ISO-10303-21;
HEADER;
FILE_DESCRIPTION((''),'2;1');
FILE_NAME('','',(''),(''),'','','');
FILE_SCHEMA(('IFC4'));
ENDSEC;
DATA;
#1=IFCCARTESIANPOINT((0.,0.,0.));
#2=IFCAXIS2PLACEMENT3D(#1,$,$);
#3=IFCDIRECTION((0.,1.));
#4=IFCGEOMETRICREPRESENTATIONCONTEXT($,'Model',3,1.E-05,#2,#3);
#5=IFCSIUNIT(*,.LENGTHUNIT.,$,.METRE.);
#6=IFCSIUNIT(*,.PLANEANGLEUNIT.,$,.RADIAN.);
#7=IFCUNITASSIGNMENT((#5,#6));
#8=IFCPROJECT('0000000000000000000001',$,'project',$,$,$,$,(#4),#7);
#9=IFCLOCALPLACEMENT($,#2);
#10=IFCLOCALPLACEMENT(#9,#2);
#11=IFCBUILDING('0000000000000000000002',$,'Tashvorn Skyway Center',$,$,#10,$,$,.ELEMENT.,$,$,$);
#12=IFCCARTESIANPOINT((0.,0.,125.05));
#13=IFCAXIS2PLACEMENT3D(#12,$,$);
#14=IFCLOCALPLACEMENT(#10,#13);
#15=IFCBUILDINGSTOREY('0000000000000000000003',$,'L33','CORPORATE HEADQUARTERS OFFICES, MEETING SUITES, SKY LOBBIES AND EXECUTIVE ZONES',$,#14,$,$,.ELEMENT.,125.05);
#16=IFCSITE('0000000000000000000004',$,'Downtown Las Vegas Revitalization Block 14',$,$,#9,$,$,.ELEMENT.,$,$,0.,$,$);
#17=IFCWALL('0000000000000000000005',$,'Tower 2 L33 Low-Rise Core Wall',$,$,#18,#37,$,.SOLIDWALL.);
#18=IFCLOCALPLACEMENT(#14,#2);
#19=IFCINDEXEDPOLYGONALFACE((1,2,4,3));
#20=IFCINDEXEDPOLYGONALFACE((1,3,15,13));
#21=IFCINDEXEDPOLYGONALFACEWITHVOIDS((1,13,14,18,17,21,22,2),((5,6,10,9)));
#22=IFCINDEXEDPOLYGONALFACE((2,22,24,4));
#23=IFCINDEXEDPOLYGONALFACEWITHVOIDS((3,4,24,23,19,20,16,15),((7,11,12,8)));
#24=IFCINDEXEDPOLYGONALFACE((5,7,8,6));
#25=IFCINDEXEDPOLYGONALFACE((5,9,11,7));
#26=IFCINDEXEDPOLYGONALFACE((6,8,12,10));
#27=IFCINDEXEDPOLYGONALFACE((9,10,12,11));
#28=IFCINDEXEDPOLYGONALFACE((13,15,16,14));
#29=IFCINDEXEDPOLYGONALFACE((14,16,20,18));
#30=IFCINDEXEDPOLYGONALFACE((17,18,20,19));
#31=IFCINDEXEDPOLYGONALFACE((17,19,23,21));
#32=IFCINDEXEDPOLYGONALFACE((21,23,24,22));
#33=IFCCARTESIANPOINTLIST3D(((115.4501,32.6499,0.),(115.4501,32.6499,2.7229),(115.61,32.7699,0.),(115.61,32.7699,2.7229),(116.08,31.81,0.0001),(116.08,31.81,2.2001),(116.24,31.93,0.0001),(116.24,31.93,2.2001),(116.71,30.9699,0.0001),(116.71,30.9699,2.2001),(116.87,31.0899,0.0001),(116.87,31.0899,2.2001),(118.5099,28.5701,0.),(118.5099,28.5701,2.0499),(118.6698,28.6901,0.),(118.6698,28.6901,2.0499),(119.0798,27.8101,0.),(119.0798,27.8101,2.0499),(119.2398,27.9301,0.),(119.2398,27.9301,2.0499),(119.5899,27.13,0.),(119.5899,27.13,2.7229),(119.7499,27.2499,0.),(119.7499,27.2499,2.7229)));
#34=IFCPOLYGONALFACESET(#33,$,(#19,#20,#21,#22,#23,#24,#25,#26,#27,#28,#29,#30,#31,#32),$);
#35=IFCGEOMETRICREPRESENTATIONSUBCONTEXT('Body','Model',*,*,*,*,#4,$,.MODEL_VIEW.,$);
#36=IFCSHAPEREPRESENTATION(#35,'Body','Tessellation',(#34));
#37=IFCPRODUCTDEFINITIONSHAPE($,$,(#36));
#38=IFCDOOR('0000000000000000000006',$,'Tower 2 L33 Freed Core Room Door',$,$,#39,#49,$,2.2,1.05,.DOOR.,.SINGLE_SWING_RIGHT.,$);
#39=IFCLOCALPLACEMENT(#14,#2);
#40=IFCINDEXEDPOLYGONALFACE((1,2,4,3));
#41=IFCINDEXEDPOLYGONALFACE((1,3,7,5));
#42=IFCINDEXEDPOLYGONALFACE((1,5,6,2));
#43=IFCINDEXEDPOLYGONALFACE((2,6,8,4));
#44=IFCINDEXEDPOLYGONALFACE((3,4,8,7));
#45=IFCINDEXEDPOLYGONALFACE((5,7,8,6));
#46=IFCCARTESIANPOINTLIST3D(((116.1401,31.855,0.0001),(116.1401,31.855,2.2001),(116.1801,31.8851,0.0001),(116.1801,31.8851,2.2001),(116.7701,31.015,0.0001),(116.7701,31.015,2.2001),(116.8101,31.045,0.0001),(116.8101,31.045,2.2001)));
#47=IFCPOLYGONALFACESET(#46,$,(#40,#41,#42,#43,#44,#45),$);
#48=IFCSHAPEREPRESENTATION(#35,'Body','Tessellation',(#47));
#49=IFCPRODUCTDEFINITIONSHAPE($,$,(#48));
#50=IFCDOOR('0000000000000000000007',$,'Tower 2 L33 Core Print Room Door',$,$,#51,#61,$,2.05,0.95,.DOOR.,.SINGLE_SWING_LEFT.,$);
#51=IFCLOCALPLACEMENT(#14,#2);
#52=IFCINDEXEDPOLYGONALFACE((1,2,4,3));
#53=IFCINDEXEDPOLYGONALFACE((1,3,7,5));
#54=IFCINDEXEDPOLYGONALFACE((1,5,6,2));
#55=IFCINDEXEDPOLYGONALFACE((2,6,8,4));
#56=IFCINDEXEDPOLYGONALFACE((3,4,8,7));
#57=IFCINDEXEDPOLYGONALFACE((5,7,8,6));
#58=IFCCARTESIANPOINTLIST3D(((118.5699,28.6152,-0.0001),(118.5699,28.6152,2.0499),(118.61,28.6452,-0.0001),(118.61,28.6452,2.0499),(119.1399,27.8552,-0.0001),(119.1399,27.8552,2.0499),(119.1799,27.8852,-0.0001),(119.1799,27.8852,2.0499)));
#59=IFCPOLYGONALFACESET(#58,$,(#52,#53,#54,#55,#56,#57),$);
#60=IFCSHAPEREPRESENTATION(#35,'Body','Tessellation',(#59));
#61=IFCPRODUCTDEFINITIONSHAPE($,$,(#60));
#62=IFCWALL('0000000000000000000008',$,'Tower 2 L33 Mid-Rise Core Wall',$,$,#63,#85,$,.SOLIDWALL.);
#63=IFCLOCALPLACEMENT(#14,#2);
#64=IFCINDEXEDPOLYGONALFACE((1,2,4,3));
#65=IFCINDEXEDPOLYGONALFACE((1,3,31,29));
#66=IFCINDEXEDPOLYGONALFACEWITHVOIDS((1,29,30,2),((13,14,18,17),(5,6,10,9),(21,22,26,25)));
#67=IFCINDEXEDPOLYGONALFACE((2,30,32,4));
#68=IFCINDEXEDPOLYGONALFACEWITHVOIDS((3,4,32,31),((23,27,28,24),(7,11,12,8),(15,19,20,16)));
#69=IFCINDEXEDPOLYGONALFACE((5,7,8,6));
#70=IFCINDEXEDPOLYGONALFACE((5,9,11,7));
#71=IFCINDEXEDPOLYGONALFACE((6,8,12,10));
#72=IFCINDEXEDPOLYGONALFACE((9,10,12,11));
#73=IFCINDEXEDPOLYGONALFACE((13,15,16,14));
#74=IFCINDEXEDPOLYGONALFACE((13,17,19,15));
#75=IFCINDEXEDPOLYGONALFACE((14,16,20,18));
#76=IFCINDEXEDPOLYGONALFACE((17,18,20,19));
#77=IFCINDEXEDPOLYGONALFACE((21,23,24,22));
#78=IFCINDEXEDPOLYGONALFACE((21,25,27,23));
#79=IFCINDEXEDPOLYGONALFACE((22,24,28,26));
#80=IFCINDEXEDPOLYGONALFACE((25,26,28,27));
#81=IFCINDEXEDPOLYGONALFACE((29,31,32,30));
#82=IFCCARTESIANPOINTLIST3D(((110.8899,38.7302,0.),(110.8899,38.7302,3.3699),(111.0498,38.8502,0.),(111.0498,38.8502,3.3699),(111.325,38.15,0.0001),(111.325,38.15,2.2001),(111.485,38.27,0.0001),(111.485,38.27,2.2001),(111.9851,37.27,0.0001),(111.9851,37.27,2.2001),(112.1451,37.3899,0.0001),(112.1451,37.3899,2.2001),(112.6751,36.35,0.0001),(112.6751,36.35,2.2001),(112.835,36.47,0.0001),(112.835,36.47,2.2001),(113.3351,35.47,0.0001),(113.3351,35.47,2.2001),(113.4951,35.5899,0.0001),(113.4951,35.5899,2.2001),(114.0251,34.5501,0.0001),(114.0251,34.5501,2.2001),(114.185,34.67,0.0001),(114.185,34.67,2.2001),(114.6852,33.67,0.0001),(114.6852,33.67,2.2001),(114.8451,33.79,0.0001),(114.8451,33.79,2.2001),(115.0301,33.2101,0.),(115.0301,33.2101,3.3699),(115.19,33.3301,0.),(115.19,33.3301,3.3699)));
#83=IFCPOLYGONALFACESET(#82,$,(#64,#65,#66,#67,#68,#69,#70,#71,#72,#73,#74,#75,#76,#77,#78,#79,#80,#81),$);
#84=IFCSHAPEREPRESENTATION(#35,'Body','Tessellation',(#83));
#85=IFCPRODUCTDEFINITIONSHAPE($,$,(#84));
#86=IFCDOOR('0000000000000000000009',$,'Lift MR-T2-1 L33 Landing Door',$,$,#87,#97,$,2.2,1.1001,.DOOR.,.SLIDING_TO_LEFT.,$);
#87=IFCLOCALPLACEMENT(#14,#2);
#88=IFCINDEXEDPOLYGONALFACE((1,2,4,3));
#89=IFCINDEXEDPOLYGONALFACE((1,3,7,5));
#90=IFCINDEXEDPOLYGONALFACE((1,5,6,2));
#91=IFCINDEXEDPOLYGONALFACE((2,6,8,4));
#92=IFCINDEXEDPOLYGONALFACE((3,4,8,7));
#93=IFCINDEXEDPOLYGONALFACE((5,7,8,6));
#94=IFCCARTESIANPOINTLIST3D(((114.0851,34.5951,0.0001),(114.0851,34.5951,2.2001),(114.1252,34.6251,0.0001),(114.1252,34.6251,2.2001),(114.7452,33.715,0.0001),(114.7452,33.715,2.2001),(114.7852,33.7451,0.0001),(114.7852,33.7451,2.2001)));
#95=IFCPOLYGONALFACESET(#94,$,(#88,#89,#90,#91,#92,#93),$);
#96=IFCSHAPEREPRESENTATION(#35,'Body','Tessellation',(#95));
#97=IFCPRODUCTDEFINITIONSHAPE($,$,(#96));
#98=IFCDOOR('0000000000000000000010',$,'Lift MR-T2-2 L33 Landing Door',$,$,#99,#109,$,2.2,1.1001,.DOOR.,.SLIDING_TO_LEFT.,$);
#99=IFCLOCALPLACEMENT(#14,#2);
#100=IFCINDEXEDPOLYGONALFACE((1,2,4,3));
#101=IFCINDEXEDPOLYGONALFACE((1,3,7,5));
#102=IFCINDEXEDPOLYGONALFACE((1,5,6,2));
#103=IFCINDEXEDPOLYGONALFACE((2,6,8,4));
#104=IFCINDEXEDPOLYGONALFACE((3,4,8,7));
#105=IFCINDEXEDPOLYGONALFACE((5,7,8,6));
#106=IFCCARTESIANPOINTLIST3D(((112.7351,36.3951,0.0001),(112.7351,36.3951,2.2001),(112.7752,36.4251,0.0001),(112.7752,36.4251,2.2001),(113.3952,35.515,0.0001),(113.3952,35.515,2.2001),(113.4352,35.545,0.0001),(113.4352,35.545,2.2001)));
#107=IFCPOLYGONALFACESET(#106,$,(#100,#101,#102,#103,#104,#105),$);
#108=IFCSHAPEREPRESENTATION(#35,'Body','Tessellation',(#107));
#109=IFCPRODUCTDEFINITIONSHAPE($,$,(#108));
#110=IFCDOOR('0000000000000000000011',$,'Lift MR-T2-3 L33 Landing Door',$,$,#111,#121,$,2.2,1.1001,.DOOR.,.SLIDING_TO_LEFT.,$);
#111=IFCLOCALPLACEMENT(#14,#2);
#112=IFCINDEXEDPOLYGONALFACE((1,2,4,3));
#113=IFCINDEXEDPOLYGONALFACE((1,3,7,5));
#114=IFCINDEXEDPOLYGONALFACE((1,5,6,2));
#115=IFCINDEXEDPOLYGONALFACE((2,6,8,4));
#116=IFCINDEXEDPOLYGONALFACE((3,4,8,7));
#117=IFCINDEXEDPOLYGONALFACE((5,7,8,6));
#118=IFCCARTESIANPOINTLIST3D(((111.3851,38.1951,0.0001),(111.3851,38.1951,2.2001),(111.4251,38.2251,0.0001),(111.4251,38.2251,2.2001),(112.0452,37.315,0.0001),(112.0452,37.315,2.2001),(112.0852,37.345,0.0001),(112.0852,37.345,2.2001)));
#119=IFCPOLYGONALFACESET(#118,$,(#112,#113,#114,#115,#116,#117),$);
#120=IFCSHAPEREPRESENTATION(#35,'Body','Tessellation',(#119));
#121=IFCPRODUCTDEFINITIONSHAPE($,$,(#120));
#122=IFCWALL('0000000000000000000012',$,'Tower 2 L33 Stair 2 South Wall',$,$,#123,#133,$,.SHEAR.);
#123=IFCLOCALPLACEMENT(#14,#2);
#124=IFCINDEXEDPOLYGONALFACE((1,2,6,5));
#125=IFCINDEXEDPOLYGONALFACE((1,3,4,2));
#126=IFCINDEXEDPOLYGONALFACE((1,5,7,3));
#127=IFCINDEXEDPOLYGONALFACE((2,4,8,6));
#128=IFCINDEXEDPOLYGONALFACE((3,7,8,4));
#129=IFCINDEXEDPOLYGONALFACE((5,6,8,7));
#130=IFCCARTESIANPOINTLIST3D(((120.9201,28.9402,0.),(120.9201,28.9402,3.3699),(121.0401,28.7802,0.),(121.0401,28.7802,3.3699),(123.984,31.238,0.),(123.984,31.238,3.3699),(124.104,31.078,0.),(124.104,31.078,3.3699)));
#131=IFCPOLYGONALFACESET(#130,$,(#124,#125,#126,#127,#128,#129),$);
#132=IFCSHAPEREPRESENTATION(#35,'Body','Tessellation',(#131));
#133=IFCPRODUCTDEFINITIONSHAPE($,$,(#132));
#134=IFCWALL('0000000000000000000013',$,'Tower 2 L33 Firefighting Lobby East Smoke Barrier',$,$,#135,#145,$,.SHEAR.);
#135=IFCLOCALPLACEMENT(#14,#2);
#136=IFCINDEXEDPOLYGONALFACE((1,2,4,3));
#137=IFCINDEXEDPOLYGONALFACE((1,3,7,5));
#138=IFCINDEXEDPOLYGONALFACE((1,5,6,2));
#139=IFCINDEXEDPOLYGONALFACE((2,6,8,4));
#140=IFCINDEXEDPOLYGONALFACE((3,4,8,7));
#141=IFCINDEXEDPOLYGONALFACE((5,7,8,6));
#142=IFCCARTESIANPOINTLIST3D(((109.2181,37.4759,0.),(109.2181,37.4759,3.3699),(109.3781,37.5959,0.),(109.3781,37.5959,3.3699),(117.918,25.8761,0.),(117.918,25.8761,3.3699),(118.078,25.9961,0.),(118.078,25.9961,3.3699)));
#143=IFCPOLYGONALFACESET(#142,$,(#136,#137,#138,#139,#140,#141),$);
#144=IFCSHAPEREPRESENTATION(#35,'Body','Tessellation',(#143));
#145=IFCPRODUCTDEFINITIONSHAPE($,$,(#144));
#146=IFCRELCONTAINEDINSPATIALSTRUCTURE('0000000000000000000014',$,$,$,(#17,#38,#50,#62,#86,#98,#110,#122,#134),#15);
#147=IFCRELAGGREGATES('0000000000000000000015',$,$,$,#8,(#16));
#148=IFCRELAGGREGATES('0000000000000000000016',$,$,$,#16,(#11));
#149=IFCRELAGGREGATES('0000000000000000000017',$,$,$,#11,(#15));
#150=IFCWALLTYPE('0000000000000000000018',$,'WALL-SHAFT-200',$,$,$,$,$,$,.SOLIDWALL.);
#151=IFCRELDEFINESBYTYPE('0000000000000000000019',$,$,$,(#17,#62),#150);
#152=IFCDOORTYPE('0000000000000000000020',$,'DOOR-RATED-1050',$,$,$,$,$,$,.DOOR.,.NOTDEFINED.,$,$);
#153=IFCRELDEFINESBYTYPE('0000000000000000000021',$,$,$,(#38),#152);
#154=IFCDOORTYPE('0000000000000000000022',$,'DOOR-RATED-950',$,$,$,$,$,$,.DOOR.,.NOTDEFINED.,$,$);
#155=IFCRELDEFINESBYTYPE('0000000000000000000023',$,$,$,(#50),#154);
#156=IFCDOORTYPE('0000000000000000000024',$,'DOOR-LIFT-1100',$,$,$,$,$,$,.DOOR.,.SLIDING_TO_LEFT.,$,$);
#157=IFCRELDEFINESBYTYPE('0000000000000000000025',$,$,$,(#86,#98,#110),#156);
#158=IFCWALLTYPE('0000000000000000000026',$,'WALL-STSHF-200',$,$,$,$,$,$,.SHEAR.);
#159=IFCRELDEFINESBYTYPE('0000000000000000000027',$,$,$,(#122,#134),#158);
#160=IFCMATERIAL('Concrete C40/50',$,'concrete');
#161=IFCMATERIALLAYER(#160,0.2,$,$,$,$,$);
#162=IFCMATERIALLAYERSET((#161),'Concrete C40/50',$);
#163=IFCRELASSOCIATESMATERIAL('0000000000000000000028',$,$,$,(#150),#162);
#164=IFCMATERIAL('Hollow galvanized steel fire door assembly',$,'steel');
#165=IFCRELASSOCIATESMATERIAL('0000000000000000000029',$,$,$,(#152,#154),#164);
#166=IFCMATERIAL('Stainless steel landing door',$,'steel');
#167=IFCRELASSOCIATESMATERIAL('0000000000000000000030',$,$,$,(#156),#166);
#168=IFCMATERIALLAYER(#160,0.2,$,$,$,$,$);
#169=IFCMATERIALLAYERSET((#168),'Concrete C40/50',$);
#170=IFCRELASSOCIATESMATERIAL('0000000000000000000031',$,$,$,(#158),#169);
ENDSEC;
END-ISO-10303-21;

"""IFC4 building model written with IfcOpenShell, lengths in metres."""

from ifc_helpers import new_model, si_unit, direction, frame, frame_2d, origin, place, context, subcontext, project, spatial, rectangle, extrude, material, layer, layer_set, type_object, element, fill, save


model = new_model("IFC4")

# Units and contexts
model_context = context("Model", 3, precision=1e-05, world=origin(), true_north=direction((0.0, 1.0)))
body_context = subcontext(model_context, "Body", "Model", "MODEL_VIEW")
ifc_project = project(units=[si_unit("LENGTHUNIT", "METRE"), si_unit("PLANEANGLEUNIT", "RADIAN")], contexts=[model_context])

# Site, building, storey
site_placement = place(None, origin())
site = spatial("IfcSite", under=ifc_project, at=site_placement, Name="Downtown Las Vegas Revitalization Block 14", CompositionType="ELEMENT", RefElevation=0.0)
building_placement = place(site_placement, origin())
building = spatial("IfcBuilding", under=site, at=building_placement, Name="Tashvorn Skyway Center", CompositionType="ELEMENT")
storey_placement = place(building_placement, frame((0.0, 0.0, 125.05)))
storey = spatial("IfcBuildingStorey", under=building, at=storey_placement, Name="L33", Description="CORPORATE HEADQUARTERS OFFICES, MEETING SUITES, SKY LOBBIES AND EXECUTIVE ZONES", CompositionType="ELEMENT", Elevation=125.05)

# Shared definitions
ifc_material_1 = material(Name="Hollow galvanized steel fire door assembly", Category="steel")

# Shared definitions
ifc_material_2 = material(Name="Concrete C40/50", Category="concrete")

# Walls, openings, doors
ifc_layer_1 = layer(ifc_material_2, 0.2)
ifc_layer_set_1 = layer_set([ifc_layer_1], Name="Concrete C40/50")
wall_type_1 = type_object("IfcWallType", Name="WALL-SHAFT-200", PredefinedType="SOLIDWALL", material=ifc_layer_set_1)
wall_1_placement = place(storey_placement, frame((119.6699, 27.1899, 0.0), z_axis=(0.0, 0.0, 1.0), x_axis=(-0.599989, 0.800008, 0.0)))
wall_1 = element("IfcWall", 1, at=wall_1_placement, inside=storey, type_object=wall_type_1, Name="Tower 2 L33 Low-Rise Core Wall", PredefinedType="SOLIDWALL", context=body_context, shape_type="SweptSolid", body=[
    extrude(rectangle(XDim=6.8999, YDim=0.2, at=frame_2d((3.45, 0.0))), origin(), (0.0, 0.0, 1.0), 2.7229),
])
opening_1_placement = place(wall_1_placement, frame((0.8501, 0.0, 0.0)))
opening_1 = element("IfcOpeningElement", 2, at=opening_1_placement, cuts=wall_1, PredefinedType="OPENING", context=body_context, shape_type="SweptSolid", body=[
    extrude(rectangle(XDim=0.95, YDim=2.05, at=frame_2d((0.4751, 1.0249))), frame((0.0, 0.1099, 0.0), z_axis=(0.0, -1.0, 0.0), x_axis=(1.0, 0.0, 0.0)), (0.0, 0.0, 1.0), 0.22),
])
opening_2_placement = place(wall_1_placement, frame((4.8, 0.0, 0.0)))
opening_2 = element("IfcOpeningElement", 3, at=opening_2_placement, cuts=wall_1, PredefinedType="OPENING", context=body_context, shape_type="SweptSolid", body=[
    extrude(rectangle(XDim=1.05, YDim=2.2, at=frame_2d((0.5249, 1.1001))), frame((0.0, 0.1099, 0.0), z_axis=(0.0, -1.0, 0.0), x_axis=(1.0, 0.0, 0.0)), (0.0, 0.0, 1.0), 0.22),
])
door_type_1 = type_object("IfcDoorType", Name="DOOR-RATED-1050", OperationType="NOTDEFINED", PredefinedType="DOOR", material=ifc_material_1)
door_1_placement = place(opening_2_placement, origin())
door_1 = element("IfcDoor", 4, at=door_1_placement, inside=storey, type_object=door_type_1, Name="Tower 2 L33 Freed Core Room Door", OperationType="SINGLE_SWING_RIGHT", OverallHeight=2.2, OverallWidth=1.05, PredefinedType="DOOR", context=body_context, shape_type="SweptSolid", body=[
    extrude(rectangle(XDim=1.05, YDim=2.2, at=frame_2d((0.5249, 1.1001))), frame((0.0, 0.0249, 0.0), z_axis=(0.0, -1.0, 0.0), x_axis=(1.0, 0.0, 0.0)), (0.0, 0.0, 1.0), 0.05),
])
fill(opening_2, door_1)
door_type_2 = type_object("IfcDoorType", Name="DOOR-RATED-950", OperationType="NOTDEFINED", PredefinedType="DOOR", material=ifc_material_1)
door_2_placement = place(opening_1_placement, origin())
door_2 = element("IfcDoor", 5, at=door_2_placement, inside=storey, type_object=door_type_2, Name="Tower 2 L33 Core Print Room Door", OperationType="SINGLE_SWING_LEFT", OverallHeight=2.05, OverallWidth=0.95, PredefinedType="DOOR", context=body_context, shape_type="SweptSolid", body=[
    extrude(rectangle(XDim=0.95, YDim=2.05, at=frame_2d((0.4751, 1.0249))), frame((0.0, 0.0249, 0.0), z_axis=(0.0, -1.0, 0.0), x_axis=(1.0, 0.0, 0.0)), (0.0, 0.0, 1.0), 0.05),
])
fill(opening_1, door_2)
wall_2_placement = place(storey_placement, frame((115.1101, 33.27, 0.0), z_axis=(0.0, 0.0, 1.0), x_axis=(-0.600011, 0.799992, 0.0)))
wall_2 = element("IfcWall", 6, at=wall_2_placement, inside=storey, type_object=wall_type_1, Name="Tower 2 L33 Mid-Rise Core Wall", PredefinedType="SOLIDWALL", context=body_context, shape_type="SweptSolid", body=[
    extrude(rectangle(XDim=6.9001, YDim=0.2, at=frame_2d((3.4502, 0.0))), origin(), (0.0, 0.0, 1.0), 3.3699),
])
opening_3_placement = place(wall_2_placement, frame((0.575, 0.0, 0.0)))
opening_3 = element("IfcOpeningElement", 7, at=opening_3_placement, cuts=wall_2, PredefinedType="OPENING", context=body_context, shape_type="SweptSolid", body=[
    extrude(rectangle(XDim=1.1001, YDim=2.2, at=frame_2d((0.55, 1.1001))), frame((0.0, 0.1099, 0.0), z_axis=(0.0, -1.0, 0.0), x_axis=(1.0, 0.0, 0.0)), (0.0, 0.0, 1.0), 0.22),
])
opening_4_placement = place(wall_2_placement, frame((2.825, 0.0, 0.0)))
opening_4 = element("IfcOpeningElement", 8, at=opening_4_placement, cuts=wall_2, PredefinedType="OPENING", context=body_context, shape_type="SweptSolid", body=[
    extrude(rectangle(XDim=1.1001, YDim=2.2, at=frame_2d((0.55, 1.1001))), frame((0.0, 0.1099, 0.0), z_axis=(0.0, -1.0, 0.0), x_axis=(1.0, 0.0, 0.0)), (0.0, 0.0, 1.0), 0.22),
])
opening_5_placement = place(wall_2_placement, frame((5.075, 0.0, 0.0)))
opening_5 = element("IfcOpeningElement", 9, at=opening_5_placement, cuts=wall_2, PredefinedType="OPENING", context=body_context, shape_type="SweptSolid", body=[
    extrude(rectangle(XDim=1.1001, YDim=2.2, at=frame_2d((0.55, 1.1001))), frame((0.0, 0.1099, 0.0), z_axis=(0.0, -1.0, 0.0), x_axis=(1.0, 0.0, 0.0)), (0.0, 0.0, 1.0), 0.22),
])
ifc_material_3 = material(Name="Stainless steel landing door", Category="steel")
door_type_3 = type_object("IfcDoorType", Name="DOOR-LIFT-1100", OperationType="SLIDING_TO_LEFT", PredefinedType="DOOR", material=ifc_material_3)
door_3_placement = place(opening_3_placement, origin())
door_3 = element("IfcDoor", 10, at=door_3_placement, inside=storey, type_object=door_type_3, Name="Lift MR-T2-1 L33 Landing Door", OperationType="SLIDING_TO_LEFT", OverallHeight=2.2, OverallWidth=1.1001, PredefinedType="DOOR", context=body_context, shape_type="SweptSolid", body=[
    extrude(rectangle(XDim=1.1001, YDim=2.2, at=frame_2d((0.55, 1.1001))), frame((0.0, 0.0249, 0.0), z_axis=(0.0, -1.0, 0.0), x_axis=(1.0, 0.0, 0.0)), (0.0, 0.0, 1.0), 0.05),
])
fill(opening_3, door_3)
door_4_placement = place(opening_4_placement, origin())
door_4 = element("IfcDoor", 11, at=door_4_placement, inside=storey, type_object=door_type_3, Name="Lift MR-T2-2 L33 Landing Door", OperationType="SLIDING_TO_LEFT", OverallHeight=2.2, OverallWidth=1.1001, PredefinedType="DOOR", context=body_context, shape_type="SweptSolid", body=[
    extrude(rectangle(XDim=1.1001, YDim=2.2, at=frame_2d((0.55, 1.1001))), frame((0.0, 0.0249, 0.0), z_axis=(0.0, -1.0, 0.0), x_axis=(1.0, 0.0, 0.0)), (0.0, 0.0, 1.0), 0.05),
])
fill(opening_4, door_4)
door_5_placement = place(opening_5_placement, origin())
door_5 = element("IfcDoor", 12, at=door_5_placement, inside=storey, type_object=door_type_3, Name="Lift MR-T2-3 L33 Landing Door", OperationType="SLIDING_TO_LEFT", OverallHeight=2.2, OverallWidth=1.1001, PredefinedType="DOOR", context=body_context, shape_type="SweptSolid", body=[
    extrude(rectangle(XDim=1.1001, YDim=2.2, at=frame_2d((0.55, 1.1001))), frame((0.0, 0.0249, 0.0), z_axis=(0.0, -1.0, 0.0), x_axis=(1.0, 0.0, 0.0)), (0.0, 0.0, 1.0), 0.05),
])
fill(opening_5, door_5)

# Walls
ifc_layer_2 = layer(ifc_material_2, 0.2)
ifc_layer_set_2 = layer_set([ifc_layer_2], Name="Concrete C40/50")
wall_type_2 = type_object("IfcWallType", Name="WALL-STSHF-200", PredefinedType="SHEAR", material=ifc_layer_set_2)
wall_3_placement = place(storey_placement, frame((120.98, 28.8601, 0.0), z_axis=(0.0, 0.0, 1.0), x_axis=(0.800015, 0.59998, 0.0)))
element("IfcWall", 13, at=wall_3_placement, inside=storey, type_object=wall_type_2, Name="Tower 2 L33 Stair 2 South Wall", PredefinedType="SHEAR", context=body_context, shape_type="SweptSolid", body=[
    extrude(rectangle(XDim=3.8298, YDim=0.2, at=frame_2d((1.915, 0.0))), origin(), (0.0, 0.0, 1.0), 3.3699),
])
wall_4_placement = place(storey_placement, frame((117.998, 25.936, 0.0), z_axis=(0.0, 0.0, 1.0), x_axis=(-0.600003, 0.799998, 0.0)))
element("IfcWall", 14, at=wall_4_placement, inside=storey, type_object=wall_type_2, Name="Tower 2 L33 Firefighting Lobby East Smoke Barrier", PredefinedType="SHEAR", context=body_context, shape_type="SweptSolid", body=[
    extrude(rectangle(XDim=14.4998, YDim=0.2, at=frame_2d((7.25, 0.0))), origin(), (0.0, 0.0, 1.0), 3.3699),
])

save(model, "model.ifc")
